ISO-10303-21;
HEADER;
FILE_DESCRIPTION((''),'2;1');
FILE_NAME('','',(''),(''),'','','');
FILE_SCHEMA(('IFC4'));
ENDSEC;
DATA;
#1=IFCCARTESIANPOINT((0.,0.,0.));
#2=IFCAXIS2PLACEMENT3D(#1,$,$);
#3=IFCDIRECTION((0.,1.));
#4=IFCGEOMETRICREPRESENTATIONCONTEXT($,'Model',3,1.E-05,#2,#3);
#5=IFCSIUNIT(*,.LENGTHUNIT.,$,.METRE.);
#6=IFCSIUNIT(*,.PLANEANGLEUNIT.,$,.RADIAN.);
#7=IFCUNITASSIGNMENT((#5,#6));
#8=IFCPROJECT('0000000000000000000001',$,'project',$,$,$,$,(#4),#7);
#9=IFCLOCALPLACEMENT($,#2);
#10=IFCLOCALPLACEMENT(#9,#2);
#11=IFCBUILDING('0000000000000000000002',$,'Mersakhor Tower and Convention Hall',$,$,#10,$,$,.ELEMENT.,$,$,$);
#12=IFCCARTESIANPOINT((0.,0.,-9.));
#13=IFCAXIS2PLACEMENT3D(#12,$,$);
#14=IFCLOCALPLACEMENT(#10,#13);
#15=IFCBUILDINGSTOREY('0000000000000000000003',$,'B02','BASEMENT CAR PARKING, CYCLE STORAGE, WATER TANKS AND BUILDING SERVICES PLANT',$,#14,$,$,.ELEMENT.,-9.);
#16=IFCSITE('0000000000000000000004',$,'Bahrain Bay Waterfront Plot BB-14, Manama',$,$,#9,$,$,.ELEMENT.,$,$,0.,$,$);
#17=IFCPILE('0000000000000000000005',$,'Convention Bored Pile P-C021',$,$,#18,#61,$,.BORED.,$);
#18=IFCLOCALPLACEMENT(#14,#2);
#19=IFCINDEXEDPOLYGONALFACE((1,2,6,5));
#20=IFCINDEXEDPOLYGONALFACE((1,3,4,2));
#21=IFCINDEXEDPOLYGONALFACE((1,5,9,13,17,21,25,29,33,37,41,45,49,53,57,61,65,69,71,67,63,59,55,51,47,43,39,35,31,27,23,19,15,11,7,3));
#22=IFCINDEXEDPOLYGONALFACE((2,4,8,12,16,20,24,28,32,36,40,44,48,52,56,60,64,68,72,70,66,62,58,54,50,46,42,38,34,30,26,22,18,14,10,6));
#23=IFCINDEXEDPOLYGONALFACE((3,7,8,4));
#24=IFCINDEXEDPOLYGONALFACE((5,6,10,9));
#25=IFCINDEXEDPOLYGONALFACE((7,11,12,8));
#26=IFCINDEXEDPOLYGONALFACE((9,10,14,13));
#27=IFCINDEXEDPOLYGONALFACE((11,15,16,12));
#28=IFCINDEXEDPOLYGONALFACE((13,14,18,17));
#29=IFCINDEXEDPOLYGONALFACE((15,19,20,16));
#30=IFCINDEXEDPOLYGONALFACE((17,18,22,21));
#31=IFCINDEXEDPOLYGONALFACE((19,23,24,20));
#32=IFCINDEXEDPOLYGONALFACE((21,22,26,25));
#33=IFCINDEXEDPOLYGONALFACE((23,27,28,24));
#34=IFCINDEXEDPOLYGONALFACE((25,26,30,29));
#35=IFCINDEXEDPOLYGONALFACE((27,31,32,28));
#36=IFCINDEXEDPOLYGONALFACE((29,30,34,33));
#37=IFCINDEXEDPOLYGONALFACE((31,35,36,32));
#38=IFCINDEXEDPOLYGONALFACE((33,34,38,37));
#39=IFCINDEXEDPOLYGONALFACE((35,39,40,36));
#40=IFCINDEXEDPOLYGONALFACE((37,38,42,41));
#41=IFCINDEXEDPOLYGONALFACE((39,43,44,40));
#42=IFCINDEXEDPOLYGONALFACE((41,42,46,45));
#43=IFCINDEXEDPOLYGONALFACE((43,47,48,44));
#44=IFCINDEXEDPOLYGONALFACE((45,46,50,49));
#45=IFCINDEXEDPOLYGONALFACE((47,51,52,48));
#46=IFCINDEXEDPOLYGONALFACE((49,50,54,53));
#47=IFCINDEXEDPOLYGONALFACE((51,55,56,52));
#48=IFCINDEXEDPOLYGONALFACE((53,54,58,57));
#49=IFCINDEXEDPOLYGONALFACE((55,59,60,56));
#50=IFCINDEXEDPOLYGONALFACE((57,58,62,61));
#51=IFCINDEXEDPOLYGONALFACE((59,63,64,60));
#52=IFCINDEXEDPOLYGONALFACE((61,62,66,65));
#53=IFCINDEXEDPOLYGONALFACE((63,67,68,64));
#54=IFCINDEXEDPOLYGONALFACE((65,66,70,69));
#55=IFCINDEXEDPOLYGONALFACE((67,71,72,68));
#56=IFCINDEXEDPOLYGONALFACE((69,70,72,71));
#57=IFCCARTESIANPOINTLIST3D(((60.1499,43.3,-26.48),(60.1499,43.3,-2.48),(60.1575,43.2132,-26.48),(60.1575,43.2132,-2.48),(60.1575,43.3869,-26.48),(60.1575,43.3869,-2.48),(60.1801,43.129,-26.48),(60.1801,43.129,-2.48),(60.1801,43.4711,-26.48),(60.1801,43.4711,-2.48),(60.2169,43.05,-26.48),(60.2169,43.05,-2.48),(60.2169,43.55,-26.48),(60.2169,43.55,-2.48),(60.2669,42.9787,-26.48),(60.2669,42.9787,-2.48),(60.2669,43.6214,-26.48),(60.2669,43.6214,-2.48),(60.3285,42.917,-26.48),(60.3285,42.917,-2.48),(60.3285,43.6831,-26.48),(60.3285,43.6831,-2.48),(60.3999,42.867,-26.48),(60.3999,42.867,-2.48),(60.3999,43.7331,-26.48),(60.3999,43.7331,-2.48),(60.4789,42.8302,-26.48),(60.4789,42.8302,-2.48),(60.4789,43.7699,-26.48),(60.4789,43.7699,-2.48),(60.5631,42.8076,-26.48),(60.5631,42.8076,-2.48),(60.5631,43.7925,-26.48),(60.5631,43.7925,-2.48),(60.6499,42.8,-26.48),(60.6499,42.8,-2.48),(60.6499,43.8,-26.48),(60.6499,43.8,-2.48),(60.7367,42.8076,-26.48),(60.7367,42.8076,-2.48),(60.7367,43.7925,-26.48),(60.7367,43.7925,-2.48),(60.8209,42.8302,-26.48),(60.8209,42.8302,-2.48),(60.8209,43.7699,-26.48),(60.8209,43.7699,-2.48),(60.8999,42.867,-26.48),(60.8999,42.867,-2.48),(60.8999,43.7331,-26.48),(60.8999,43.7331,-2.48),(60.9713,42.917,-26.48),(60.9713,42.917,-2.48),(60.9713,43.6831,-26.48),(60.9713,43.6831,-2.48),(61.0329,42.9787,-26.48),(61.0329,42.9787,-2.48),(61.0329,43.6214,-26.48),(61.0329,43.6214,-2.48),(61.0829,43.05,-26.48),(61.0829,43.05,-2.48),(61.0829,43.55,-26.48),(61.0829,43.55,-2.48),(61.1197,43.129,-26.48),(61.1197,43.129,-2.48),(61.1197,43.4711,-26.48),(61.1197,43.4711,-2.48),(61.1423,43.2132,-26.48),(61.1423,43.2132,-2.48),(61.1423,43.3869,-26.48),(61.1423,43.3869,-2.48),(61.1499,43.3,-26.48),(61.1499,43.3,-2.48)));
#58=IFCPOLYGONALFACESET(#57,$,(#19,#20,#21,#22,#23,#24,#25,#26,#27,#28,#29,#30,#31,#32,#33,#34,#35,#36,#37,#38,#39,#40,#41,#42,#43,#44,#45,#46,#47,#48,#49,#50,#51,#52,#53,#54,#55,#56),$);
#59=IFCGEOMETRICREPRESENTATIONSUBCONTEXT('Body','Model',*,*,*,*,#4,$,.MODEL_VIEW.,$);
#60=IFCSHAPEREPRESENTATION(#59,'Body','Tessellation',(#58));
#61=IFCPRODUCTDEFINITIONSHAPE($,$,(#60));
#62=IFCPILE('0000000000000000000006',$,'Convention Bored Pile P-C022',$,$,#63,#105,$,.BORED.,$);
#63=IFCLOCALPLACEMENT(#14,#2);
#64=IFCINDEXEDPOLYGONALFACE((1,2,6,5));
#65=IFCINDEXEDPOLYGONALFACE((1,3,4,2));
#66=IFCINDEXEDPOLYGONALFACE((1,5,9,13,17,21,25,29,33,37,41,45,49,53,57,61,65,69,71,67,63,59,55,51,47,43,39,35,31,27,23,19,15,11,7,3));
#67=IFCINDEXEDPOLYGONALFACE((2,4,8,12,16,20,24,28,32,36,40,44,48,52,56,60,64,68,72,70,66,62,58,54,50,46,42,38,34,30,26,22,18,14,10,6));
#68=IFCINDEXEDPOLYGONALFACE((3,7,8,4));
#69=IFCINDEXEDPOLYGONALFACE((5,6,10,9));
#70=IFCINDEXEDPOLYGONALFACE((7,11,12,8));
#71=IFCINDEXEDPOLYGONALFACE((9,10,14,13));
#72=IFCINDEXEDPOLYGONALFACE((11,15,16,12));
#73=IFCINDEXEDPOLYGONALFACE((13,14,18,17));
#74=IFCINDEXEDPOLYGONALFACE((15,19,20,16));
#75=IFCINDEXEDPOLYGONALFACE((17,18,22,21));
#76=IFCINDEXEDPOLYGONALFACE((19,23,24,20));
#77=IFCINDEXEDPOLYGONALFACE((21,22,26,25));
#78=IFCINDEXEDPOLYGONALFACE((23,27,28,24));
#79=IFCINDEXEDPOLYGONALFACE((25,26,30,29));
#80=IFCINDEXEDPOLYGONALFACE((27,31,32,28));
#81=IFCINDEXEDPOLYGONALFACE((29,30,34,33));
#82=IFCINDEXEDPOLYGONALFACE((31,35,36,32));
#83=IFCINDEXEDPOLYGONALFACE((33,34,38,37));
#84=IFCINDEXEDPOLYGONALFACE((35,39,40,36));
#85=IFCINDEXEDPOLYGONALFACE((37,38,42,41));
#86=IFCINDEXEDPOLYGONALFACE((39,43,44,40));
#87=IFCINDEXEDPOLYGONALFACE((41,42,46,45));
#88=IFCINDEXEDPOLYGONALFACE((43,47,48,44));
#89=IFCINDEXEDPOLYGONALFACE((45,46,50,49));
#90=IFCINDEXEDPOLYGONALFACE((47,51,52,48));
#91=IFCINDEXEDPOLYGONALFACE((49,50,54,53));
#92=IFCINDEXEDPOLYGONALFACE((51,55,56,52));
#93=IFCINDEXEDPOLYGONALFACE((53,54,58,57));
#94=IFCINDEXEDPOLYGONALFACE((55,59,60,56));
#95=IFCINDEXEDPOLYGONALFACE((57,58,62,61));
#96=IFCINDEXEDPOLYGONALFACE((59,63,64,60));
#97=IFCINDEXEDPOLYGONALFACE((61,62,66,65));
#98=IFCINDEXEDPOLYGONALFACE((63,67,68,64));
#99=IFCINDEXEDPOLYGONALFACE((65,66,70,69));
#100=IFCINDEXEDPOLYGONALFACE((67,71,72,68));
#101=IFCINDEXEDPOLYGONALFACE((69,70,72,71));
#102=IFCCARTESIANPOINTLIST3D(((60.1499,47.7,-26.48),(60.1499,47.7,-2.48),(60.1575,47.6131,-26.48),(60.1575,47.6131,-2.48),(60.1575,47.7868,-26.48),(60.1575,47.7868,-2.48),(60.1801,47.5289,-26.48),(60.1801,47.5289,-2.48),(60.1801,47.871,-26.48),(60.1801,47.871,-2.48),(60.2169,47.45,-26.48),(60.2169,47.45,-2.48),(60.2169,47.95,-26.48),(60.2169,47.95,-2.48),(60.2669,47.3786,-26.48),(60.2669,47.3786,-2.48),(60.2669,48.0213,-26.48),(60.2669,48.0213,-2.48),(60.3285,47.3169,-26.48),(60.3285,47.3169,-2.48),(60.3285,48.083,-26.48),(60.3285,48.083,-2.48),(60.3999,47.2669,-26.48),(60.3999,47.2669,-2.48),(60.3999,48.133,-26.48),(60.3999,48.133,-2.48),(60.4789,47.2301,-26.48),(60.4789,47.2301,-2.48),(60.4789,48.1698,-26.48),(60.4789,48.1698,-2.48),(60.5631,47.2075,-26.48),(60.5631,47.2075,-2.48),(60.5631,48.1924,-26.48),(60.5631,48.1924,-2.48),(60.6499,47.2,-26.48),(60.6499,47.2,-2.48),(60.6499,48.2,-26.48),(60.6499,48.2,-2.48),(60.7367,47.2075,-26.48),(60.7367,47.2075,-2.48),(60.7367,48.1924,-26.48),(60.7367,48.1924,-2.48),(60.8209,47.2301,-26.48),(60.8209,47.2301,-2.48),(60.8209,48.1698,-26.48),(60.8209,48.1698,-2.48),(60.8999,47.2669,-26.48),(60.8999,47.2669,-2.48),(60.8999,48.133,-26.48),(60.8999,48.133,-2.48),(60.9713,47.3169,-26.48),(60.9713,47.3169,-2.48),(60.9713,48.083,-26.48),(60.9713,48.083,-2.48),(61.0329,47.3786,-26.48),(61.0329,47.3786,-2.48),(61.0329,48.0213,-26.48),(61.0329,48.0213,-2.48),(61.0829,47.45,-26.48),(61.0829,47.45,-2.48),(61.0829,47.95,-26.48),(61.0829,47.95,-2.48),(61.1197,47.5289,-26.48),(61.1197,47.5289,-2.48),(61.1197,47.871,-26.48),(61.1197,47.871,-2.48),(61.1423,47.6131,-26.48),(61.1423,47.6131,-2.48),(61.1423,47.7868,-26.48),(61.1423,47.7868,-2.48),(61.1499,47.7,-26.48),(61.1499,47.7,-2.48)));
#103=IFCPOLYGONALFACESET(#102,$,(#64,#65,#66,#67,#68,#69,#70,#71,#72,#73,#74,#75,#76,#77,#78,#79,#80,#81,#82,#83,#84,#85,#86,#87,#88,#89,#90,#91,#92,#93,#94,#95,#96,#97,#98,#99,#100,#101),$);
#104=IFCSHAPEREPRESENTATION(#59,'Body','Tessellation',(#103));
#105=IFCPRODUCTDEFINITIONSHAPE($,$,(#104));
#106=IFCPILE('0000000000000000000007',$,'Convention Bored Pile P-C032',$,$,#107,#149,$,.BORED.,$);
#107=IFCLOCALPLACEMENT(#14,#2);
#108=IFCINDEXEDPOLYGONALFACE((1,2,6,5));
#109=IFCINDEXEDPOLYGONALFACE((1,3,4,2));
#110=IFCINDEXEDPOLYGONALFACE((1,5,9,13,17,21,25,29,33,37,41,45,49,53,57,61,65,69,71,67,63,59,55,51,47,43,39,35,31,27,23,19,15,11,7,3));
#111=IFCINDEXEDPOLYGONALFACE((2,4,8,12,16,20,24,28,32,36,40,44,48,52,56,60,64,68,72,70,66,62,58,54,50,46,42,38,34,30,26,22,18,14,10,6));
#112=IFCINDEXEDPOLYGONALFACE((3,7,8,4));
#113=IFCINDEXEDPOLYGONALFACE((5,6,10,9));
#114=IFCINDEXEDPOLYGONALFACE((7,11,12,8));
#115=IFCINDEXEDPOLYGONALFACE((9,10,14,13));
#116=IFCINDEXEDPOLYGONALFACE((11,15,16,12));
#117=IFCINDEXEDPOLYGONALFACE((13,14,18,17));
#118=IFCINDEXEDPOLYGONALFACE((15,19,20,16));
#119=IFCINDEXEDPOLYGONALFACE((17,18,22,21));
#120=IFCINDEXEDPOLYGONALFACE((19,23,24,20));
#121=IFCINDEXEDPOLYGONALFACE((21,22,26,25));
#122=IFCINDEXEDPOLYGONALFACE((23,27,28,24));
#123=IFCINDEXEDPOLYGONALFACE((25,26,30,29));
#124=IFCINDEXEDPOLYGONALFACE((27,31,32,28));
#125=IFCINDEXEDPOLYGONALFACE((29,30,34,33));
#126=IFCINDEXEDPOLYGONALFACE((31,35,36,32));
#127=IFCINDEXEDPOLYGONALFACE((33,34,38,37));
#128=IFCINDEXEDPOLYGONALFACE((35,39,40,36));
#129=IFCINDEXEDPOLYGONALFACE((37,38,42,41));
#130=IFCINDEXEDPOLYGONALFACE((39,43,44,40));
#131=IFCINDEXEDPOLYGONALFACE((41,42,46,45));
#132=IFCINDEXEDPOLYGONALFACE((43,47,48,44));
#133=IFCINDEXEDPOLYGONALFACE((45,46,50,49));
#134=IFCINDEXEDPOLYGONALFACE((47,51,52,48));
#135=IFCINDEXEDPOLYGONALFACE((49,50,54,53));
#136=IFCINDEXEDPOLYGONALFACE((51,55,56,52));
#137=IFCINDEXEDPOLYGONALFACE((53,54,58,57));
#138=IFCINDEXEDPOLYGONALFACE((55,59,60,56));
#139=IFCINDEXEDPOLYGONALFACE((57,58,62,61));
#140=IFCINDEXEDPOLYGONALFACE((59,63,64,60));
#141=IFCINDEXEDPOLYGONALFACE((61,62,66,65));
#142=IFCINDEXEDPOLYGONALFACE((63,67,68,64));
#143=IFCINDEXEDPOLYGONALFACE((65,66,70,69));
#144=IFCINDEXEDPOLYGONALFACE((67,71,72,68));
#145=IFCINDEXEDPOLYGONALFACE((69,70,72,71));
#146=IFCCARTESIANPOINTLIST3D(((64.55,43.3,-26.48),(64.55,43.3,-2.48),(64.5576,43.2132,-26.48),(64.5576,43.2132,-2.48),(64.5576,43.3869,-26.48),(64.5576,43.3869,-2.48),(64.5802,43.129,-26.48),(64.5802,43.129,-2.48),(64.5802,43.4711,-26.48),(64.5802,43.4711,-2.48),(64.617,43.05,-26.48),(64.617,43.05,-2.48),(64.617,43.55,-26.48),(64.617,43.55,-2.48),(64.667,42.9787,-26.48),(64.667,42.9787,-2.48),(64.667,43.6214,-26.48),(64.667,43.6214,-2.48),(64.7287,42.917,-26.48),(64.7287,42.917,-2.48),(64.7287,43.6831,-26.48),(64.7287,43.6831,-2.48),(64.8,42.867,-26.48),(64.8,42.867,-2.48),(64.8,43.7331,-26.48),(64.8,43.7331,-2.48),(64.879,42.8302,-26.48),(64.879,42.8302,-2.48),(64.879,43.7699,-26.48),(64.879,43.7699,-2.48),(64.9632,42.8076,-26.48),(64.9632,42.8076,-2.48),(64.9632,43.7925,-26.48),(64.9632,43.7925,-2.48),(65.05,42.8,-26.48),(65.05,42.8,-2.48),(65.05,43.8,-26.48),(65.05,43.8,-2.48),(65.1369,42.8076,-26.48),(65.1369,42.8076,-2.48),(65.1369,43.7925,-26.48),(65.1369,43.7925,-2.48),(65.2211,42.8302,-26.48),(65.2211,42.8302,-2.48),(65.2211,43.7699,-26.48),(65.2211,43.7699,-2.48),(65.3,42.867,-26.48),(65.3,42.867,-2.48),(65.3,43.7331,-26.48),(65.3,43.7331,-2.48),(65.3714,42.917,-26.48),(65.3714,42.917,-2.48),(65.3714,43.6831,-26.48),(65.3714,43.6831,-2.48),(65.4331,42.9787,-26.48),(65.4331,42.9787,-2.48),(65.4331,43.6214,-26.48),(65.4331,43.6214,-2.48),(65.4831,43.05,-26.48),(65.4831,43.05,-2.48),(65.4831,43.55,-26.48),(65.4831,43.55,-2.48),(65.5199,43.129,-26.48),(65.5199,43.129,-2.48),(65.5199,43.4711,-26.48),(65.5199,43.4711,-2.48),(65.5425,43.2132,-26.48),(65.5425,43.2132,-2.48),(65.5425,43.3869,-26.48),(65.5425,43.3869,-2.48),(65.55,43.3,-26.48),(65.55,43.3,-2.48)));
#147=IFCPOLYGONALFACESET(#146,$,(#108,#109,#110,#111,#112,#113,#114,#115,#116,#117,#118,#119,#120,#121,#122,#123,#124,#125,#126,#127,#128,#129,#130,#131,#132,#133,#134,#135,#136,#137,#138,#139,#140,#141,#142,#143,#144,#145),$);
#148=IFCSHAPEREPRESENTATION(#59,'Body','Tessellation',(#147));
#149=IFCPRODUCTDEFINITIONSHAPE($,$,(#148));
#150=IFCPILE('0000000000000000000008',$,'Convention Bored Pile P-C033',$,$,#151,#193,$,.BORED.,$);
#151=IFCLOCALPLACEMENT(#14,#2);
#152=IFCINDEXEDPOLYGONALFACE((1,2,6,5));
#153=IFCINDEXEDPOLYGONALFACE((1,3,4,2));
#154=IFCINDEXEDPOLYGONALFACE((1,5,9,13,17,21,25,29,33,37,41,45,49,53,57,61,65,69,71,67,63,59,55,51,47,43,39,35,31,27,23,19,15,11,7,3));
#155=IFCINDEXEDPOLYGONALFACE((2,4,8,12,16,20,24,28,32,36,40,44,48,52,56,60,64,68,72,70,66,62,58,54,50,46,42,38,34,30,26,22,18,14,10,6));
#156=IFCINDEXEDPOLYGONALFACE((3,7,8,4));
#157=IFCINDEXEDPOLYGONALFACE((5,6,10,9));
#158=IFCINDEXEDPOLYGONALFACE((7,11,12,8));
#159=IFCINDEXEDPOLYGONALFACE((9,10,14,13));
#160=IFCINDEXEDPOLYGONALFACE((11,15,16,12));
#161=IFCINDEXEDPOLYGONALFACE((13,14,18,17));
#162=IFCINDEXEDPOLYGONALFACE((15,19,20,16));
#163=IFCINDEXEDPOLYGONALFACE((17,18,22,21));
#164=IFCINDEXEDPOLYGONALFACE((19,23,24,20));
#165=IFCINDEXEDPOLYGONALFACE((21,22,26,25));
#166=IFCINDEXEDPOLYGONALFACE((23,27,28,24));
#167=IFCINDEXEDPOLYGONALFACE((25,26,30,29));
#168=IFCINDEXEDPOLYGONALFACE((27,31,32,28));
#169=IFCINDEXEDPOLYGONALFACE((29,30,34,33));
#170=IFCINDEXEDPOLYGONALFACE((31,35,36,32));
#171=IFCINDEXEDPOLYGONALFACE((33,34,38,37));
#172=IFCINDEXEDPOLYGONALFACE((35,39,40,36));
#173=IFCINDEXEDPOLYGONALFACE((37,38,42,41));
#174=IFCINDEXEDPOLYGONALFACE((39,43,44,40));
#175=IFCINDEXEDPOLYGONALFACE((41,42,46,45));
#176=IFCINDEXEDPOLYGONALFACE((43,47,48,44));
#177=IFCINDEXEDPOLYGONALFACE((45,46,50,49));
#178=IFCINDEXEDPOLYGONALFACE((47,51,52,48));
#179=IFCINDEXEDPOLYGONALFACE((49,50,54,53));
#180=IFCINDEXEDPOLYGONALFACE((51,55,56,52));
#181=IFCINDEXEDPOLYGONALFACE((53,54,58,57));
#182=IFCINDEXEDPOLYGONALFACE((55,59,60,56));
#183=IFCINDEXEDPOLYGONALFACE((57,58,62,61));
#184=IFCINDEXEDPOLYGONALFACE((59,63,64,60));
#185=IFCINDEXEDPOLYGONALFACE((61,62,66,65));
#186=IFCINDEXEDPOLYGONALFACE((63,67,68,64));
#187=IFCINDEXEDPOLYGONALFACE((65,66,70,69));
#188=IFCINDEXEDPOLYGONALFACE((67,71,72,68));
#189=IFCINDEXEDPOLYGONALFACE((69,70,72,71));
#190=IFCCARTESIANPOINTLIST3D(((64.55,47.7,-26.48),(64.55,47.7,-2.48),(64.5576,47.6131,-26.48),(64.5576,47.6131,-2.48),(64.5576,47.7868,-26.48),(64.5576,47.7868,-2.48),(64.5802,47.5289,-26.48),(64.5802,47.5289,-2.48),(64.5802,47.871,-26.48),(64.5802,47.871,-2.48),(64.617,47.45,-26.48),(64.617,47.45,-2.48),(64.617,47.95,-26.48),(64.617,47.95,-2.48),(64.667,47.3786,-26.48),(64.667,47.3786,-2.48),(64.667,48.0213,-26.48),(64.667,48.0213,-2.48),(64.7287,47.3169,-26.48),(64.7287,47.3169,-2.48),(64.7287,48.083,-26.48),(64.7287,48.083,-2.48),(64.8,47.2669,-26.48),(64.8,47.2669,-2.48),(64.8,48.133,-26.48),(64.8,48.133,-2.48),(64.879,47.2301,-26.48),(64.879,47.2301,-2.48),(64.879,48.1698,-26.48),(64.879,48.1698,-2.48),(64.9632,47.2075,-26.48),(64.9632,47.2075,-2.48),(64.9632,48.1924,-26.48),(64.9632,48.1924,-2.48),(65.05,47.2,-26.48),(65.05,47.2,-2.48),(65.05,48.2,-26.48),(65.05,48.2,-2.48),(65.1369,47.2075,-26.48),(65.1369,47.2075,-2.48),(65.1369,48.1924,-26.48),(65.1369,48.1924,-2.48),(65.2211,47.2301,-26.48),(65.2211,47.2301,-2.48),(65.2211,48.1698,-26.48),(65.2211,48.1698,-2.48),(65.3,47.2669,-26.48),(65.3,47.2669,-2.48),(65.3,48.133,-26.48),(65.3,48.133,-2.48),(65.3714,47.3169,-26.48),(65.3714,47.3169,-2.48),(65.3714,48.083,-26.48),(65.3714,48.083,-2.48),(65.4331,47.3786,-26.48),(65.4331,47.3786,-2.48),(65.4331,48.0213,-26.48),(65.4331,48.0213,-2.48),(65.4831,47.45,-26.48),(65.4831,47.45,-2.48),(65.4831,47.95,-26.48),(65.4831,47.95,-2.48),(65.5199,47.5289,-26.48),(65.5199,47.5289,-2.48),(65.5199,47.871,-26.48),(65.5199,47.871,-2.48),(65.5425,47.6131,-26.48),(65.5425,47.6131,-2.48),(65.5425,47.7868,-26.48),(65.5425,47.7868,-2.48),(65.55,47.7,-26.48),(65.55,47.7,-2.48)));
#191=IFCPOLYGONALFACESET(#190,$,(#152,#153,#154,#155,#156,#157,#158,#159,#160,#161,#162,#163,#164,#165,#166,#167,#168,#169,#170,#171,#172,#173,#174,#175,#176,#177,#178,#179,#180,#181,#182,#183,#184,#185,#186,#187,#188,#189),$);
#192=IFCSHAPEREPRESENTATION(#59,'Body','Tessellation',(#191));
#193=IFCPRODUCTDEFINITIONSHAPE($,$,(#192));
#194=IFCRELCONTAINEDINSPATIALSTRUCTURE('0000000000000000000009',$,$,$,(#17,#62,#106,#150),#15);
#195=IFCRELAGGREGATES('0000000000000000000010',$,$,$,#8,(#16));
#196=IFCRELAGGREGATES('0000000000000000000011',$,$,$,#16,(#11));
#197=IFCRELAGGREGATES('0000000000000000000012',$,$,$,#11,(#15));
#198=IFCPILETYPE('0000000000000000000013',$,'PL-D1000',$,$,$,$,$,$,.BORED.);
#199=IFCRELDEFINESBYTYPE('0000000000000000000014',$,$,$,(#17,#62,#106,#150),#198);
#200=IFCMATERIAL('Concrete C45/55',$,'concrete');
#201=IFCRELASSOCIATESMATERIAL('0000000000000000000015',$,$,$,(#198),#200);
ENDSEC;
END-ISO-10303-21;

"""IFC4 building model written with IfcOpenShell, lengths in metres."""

from ifc_helpers import new_model, si_unit, direction, frame, origin, origin_2d, place, context, subcontext, project, spatial, circle, extrude, material, material_profile, profile_set, type_object, element, save


model = new_model("IFC4")

# Units and contexts
model_context = context("Model", 3, precision=1e-05, world=origin(), true_north=direction((0.0, 1.0)))
body_context = subcontext(model_context, "Body", "Model", "MODEL_VIEW")
ifc_project = project(units=[si_unit("LENGTHUNIT", "METRE"), si_unit("PLANEANGLEUNIT", "RADIAN")], contexts=[model_context])

# Site, building, storey
site_placement = place(None, origin())
site = spatial("IfcSite", under=ifc_project, at=site_placement, Name="Bahrain Bay Waterfront Plot BB-14, Manama", CompositionType="ELEMENT", RefElevation=0.0)
building_placement = place(site_placement, origin())
building = spatial("IfcBuilding", under=site, at=building_placement, Name="Mersakhor Tower and Convention Hall", CompositionType="ELEMENT")
storey_placement = place(building_placement, frame((0.0, 0.0, -9.0)))
storey = spatial("IfcBuildingStorey", under=building, at=storey_placement, Name="B02", Description="BASEMENT CAR PARKING, CYCLE STORAGE, WATER TANKS AND BUILDING SERVICES PLANT", CompositionType="ELEMENT", Elevation=-9.0)

# Piles
ifc_material_1 = material(Name="Concrete C45/55", Category="concrete")
ifc_material_profile_1 = material_profile(ifc_material_1, circle(Radius=0.5, at=origin_2d()), Name="PILE D1000")
ifc_profile_set_1 = profile_set([ifc_material_profile_1], Name="Concrete C45/55")
pile_type = type_object("IfcPileType", Name="PL-D1000", PredefinedType="BORED", material=ifc_profile_set_1)
for number, where, z_axis, x_axis, name in (
    (1, (60.6499, 43.3, -2.48), (0.0, 0.0, -1.0), (1.0, 0.0, 0.0), "Convention Bored Pile P-C021"),
    (2, (60.6499, 47.7, -2.48), (0.0, 0.0, -1.0), (1.0, 0.0, 0.0), "Convention Bored Pile P-C022"),
    (3, (65.05, 43.3, -2.48), (0.0, 0.0, -1.0), (1.0, 0.0, 0.0), "Convention Bored Pile P-C032"),
    (4, (65.05, 47.7, -2.48), (0.0, 0.0, -1.0), (1.0, 0.0, 0.0), "Convention Bored Pile P-C033"),
):
    element("IfcPile", number, at=place(storey_placement, frame(where, z_axis=z_axis, x_axis=x_axis)), inside=storey, type_object=pile_type, Name=name, PredefinedType="BORED", context=body_context, shape_type="SweptSolid", body=[
        extrude(circle(Radius=0.5, at=origin_2d()), origin(), (0.0, 0.0, 1.0), 24.0),
    ])

save(model, "model.ifc")
